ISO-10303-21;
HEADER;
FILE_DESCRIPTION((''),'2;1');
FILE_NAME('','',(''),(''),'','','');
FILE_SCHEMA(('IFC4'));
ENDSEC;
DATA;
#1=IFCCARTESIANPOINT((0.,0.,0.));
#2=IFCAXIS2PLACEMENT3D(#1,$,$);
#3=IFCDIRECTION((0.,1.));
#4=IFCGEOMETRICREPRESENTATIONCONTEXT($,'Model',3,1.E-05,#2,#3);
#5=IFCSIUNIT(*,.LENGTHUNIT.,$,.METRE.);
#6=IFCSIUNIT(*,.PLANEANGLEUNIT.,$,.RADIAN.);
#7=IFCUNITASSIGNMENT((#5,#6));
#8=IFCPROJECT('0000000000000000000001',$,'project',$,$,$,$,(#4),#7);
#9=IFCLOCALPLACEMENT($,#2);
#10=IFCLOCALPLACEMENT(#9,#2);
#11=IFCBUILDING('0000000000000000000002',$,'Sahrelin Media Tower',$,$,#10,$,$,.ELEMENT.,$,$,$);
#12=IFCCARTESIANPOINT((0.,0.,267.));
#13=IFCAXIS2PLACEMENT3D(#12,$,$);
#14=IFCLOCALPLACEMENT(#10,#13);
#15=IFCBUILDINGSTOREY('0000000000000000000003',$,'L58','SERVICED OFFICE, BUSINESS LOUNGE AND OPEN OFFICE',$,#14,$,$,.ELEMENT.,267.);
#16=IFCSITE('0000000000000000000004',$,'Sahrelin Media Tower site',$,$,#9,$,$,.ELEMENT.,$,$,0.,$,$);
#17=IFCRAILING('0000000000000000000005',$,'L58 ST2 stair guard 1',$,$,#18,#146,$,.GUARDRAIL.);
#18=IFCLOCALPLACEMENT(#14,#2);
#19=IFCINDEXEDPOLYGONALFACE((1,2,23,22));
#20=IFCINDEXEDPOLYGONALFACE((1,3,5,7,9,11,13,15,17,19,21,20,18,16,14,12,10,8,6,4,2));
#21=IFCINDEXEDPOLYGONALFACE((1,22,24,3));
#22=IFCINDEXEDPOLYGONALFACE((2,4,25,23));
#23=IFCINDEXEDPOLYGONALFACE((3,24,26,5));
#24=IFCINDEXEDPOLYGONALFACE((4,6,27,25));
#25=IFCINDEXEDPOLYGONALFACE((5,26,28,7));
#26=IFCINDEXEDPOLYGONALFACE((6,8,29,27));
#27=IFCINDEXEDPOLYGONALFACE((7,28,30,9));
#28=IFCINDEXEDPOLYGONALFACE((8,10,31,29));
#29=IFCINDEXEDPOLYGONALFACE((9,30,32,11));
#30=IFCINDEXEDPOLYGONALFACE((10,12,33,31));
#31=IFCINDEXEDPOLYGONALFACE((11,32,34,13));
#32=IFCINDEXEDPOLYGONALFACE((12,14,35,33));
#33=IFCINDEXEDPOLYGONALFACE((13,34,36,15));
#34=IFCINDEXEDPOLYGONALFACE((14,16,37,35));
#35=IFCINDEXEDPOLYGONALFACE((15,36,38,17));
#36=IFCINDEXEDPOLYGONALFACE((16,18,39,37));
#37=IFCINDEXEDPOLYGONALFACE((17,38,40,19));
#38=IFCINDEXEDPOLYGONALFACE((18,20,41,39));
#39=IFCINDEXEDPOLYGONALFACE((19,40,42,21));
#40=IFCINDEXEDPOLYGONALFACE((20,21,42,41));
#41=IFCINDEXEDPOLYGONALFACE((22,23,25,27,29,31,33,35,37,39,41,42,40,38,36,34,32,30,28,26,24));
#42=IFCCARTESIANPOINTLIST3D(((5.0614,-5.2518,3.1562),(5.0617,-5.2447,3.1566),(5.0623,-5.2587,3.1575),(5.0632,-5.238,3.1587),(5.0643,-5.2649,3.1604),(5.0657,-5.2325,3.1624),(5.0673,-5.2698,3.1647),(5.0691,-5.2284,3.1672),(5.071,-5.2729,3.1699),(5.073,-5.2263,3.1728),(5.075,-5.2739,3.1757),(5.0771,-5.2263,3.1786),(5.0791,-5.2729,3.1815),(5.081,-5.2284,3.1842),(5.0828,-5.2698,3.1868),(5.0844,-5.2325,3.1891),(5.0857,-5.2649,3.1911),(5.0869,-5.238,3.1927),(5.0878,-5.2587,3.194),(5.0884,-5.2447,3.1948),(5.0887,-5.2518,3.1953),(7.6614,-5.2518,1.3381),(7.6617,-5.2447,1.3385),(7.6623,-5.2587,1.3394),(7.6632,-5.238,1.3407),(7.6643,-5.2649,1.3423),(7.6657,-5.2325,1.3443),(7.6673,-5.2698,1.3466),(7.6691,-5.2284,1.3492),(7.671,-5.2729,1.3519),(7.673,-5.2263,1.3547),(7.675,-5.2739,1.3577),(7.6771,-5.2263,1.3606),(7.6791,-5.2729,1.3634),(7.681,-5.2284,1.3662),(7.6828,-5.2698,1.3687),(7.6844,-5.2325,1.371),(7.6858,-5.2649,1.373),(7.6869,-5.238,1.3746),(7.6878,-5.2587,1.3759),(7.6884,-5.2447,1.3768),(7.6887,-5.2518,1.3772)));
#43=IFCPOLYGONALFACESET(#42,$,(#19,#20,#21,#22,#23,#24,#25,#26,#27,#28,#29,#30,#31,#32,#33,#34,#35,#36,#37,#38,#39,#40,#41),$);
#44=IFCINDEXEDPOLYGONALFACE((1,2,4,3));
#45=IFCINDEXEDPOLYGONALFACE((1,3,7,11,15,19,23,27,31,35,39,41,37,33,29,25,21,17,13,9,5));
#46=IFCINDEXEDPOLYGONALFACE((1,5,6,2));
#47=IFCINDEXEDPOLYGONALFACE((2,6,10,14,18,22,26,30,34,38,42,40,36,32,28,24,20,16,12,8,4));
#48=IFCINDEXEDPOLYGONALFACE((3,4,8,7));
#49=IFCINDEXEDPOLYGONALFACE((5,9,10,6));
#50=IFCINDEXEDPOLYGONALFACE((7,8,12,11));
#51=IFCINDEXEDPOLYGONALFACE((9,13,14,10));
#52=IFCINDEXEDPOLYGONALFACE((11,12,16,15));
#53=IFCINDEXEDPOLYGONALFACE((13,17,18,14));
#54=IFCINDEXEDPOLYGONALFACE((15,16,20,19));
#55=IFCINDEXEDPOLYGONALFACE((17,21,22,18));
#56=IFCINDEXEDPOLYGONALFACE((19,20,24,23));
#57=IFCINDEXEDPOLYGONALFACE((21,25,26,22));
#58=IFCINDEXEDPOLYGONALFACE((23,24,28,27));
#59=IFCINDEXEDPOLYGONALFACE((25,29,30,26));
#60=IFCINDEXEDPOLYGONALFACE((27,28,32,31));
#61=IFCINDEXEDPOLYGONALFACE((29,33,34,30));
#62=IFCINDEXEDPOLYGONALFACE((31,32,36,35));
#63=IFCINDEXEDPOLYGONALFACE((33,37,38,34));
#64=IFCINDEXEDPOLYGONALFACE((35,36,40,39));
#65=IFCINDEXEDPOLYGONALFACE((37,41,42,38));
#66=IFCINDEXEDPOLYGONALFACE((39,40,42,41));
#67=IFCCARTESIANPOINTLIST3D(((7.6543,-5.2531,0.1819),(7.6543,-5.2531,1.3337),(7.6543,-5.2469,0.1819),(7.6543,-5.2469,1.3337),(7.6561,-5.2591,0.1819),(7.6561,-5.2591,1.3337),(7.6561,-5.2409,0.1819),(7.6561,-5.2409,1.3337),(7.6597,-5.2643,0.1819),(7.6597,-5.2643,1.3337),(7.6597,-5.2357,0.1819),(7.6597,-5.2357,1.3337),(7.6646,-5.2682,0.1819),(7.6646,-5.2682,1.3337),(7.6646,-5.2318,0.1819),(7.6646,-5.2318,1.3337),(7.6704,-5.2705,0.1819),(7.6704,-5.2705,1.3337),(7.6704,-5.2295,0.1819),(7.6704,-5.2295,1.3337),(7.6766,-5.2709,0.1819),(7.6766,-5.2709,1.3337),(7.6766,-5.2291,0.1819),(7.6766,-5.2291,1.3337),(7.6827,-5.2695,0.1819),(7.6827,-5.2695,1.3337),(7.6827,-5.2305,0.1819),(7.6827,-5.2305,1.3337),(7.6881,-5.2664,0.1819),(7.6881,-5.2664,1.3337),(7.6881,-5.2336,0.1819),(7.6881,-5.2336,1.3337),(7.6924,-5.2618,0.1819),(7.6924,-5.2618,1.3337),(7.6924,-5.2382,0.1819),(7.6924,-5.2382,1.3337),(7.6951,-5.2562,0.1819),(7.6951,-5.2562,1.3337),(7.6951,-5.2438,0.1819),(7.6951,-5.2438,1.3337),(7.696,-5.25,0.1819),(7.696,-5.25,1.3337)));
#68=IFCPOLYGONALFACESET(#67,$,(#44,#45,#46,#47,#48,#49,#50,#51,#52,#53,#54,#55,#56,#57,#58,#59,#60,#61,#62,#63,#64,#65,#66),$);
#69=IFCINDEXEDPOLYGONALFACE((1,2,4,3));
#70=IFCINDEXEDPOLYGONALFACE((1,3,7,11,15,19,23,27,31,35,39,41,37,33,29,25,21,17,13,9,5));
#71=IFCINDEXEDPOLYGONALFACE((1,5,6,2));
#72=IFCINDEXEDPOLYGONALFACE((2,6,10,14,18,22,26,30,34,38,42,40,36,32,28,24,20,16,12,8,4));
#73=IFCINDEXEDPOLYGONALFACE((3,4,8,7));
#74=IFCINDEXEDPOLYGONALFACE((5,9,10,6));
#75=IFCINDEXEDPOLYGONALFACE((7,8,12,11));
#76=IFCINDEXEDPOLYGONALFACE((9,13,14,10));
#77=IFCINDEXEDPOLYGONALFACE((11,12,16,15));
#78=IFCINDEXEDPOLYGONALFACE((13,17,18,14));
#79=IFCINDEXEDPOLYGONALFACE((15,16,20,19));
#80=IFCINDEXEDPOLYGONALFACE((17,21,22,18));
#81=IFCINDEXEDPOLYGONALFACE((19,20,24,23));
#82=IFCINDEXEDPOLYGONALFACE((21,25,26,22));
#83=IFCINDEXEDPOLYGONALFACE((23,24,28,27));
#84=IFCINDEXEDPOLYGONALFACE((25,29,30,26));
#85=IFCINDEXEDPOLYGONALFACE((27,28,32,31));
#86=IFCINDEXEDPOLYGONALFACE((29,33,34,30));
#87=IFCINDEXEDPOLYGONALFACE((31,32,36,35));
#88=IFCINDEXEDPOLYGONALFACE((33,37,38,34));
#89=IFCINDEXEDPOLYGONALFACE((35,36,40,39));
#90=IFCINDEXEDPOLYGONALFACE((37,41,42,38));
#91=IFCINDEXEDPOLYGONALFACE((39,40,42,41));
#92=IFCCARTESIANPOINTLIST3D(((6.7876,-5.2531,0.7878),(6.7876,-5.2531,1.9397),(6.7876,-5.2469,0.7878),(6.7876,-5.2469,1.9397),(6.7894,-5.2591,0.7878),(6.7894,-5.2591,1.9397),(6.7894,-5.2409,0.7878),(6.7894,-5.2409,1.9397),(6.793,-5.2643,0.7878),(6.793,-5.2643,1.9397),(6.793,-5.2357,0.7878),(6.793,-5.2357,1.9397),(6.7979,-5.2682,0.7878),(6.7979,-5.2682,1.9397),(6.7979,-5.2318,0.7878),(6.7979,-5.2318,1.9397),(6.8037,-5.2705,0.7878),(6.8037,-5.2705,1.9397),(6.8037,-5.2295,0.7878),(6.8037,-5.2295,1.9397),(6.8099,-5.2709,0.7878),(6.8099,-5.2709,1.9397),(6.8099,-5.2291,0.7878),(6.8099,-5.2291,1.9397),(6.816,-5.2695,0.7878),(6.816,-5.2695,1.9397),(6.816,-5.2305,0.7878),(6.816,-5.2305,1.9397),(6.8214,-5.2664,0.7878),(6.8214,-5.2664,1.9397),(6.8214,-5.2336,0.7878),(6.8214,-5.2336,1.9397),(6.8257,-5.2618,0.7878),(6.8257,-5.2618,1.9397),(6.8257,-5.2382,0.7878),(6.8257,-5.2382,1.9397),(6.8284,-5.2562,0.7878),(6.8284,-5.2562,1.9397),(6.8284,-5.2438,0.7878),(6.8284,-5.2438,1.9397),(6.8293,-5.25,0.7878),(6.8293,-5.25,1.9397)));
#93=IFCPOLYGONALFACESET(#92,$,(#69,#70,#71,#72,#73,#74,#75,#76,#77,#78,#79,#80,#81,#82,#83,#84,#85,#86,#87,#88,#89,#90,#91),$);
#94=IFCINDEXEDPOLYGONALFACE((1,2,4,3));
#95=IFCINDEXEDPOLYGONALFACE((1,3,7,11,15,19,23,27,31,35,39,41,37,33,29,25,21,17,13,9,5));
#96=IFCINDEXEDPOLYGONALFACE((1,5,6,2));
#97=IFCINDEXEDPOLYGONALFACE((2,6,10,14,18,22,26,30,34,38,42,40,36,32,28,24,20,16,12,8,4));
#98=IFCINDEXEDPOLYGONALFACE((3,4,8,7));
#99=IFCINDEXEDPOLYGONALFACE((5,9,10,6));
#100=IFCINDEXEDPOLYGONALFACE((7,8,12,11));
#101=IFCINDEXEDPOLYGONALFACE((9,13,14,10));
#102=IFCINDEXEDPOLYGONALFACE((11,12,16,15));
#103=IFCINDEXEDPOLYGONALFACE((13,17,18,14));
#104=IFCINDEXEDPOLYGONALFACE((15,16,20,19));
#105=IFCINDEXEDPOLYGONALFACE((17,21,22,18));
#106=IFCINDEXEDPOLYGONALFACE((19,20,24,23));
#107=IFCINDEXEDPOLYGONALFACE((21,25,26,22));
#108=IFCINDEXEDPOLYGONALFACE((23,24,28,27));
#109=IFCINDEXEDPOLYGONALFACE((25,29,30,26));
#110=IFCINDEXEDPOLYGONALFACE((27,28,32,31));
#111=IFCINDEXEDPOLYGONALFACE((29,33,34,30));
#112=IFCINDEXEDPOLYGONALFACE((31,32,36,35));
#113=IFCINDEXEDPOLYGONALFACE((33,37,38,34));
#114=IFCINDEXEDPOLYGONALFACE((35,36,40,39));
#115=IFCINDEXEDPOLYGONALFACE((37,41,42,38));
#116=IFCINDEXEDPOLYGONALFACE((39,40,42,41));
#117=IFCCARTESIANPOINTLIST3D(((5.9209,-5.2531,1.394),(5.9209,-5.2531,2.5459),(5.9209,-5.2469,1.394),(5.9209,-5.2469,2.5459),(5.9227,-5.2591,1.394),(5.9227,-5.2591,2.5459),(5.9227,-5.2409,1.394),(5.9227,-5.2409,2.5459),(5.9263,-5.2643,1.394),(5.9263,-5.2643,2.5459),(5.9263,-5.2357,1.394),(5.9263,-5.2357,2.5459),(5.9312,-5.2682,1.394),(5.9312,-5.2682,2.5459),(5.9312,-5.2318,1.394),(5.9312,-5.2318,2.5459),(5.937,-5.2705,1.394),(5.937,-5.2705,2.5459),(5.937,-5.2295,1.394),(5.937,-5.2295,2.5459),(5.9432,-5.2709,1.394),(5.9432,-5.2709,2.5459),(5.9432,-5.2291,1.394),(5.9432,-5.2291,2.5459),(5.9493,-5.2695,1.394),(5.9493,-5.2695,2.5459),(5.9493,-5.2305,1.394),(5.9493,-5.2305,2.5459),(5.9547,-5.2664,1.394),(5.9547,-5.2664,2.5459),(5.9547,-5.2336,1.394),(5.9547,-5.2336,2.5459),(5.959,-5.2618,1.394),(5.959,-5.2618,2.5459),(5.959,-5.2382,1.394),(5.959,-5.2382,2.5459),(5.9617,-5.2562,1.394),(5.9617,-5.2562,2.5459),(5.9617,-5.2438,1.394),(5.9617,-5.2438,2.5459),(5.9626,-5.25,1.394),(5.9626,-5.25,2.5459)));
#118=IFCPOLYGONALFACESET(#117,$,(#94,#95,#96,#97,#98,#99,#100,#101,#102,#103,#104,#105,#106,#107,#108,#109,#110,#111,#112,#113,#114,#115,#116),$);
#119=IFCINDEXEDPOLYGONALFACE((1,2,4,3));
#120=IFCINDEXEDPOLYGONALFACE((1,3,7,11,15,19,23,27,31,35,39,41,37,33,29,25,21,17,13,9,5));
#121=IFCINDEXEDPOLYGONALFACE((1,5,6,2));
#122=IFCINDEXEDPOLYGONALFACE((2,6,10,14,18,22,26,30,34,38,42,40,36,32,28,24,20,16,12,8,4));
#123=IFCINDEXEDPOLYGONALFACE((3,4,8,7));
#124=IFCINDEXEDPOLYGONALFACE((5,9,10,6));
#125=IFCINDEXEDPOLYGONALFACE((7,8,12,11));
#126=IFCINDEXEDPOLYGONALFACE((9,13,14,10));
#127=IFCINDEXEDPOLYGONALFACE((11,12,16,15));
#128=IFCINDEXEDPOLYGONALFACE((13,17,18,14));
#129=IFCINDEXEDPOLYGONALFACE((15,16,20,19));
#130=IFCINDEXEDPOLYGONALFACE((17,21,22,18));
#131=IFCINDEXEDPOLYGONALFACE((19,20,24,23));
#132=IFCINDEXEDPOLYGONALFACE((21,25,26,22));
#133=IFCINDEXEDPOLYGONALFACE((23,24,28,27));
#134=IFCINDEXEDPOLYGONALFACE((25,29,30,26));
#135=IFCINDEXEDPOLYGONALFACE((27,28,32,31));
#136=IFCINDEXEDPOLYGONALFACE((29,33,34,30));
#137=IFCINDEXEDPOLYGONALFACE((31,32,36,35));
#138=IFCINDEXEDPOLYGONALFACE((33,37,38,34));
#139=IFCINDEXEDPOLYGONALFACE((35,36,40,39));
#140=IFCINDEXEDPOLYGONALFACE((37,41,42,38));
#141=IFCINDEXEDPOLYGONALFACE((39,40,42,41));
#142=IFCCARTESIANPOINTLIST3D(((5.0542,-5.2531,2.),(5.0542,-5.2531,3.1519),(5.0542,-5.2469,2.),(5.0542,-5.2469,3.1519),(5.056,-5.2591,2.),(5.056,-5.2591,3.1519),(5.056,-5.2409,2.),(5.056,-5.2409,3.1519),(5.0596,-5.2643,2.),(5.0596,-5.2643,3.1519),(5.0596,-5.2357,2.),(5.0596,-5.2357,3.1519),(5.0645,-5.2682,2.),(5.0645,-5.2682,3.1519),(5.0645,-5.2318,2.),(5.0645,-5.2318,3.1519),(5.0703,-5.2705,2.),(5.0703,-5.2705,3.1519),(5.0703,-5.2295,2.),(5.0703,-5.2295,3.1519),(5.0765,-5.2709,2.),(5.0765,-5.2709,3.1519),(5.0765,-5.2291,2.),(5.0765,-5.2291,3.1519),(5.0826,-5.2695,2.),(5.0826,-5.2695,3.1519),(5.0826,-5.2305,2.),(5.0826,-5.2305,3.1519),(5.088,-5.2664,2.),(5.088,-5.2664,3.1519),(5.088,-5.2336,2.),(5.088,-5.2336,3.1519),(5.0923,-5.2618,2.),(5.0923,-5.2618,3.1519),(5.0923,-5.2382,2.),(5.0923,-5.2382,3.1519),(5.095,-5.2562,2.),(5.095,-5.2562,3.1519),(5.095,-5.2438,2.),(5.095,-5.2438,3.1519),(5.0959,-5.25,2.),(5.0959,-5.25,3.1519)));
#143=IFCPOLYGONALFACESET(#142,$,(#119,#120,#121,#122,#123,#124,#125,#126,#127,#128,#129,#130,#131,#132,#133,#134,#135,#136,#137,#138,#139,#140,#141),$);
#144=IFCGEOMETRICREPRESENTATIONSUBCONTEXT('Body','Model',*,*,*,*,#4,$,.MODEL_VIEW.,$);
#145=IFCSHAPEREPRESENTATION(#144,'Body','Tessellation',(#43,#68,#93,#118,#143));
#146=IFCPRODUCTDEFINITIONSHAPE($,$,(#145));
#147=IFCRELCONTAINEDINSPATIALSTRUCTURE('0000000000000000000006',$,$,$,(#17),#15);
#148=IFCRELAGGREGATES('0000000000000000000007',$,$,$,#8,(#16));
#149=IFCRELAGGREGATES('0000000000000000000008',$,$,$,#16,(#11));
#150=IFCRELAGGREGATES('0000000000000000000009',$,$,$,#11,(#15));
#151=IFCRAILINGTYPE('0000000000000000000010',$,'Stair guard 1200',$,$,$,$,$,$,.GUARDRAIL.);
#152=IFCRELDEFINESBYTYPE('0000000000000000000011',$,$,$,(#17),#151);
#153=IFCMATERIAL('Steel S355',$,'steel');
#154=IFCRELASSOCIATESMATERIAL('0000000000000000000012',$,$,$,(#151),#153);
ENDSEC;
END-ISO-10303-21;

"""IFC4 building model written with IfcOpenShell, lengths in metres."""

from ifc_helpers import new_model, si_unit, direction, frame, origin, origin_2d, place, context, subcontext, project, spatial, circle, extrude, material, type_object, element, save


model = new_model("IFC4")

# Units and contexts
model_context = context("Model", 3, precision=1e-05, world=origin(), true_north=direction((0.0, 1.0)))
body_context = subcontext(model_context, "Body", "Model", "MODEL_VIEW")
ifc_project = project(units=[si_unit("LENGTHUNIT", "METRE"), si_unit("PLANEANGLEUNIT", "RADIAN")], contexts=[model_context])

# Site, building, storey
site_placement = place(None, origin())
site = spatial("IfcSite", under=ifc_project, at=site_placement, Name="Sahrelin Media Tower site", CompositionType="ELEMENT", RefElevation=0.0)
building_placement = place(site_placement, origin())
building = spatial("IfcBuilding", under=site, at=building_placement, Name="Sahrelin Media Tower", CompositionType="ELEMENT")
storey_placement = place(building_placement, frame((0.0, 0.0, 267.0)))
storey = spatial("IfcBuildingStorey", under=building, at=storey_placement, Name="L58", Description="SERVICED OFFICE, BUSINESS LOUNGE AND OPEN OFFICE", CompositionType="ELEMENT", Elevation=267.0)

# Shared definitions
ifc_material_1 = material(Name="Steel S355", Category="steel")

# Railing
railing_type_1 = type_object("IfcRailingType", Name="Stair guard 1200", PredefinedType="GUARDRAIL", material=ifc_material_1)
railing_1_placement = place(storey_placement, frame((7.675, -5.25, 0.1819)))
element("IfcRailing", 1, at=railing_1_placement, inside=storey, type_object=railing_type_1, Name="L58 ST2 stair guard 1", PredefinedType="GUARDRAIL", context=body_context, shape_type="SweptSolid", body=[
    extrude(circle(Radius=0.0239, at=origin_2d()), frame((0.0, 0.0, 1.1758), z_axis=(-0.819521, 0.0, 0.573049), x_axis=(0.0, -1.0, 0.0)), (0.0, 0.0, 1.0), 3.1726),
    extrude(circle(Radius=0.021, at=origin_2d()), origin(), (0.0, 0.0, 1.0), 1.1519),
    extrude(circle(Radius=0.021, at=origin_2d()), frame((-0.8667, 0.0, 0.606)), (0.0, 0.0, 1.0), 1.1519),
    extrude(circle(Radius=0.021, at=origin_2d()), frame((-1.7334, 0.0, 1.2122)), (0.0, 0.0, 1.0), 1.1519),
    extrude(circle(Radius=0.021, at=origin_2d()), frame((-2.6001, 0.0, 1.8181)), (0.0, 0.0, 1.0), 1.1519),
])

save(model, "model.ifc")
